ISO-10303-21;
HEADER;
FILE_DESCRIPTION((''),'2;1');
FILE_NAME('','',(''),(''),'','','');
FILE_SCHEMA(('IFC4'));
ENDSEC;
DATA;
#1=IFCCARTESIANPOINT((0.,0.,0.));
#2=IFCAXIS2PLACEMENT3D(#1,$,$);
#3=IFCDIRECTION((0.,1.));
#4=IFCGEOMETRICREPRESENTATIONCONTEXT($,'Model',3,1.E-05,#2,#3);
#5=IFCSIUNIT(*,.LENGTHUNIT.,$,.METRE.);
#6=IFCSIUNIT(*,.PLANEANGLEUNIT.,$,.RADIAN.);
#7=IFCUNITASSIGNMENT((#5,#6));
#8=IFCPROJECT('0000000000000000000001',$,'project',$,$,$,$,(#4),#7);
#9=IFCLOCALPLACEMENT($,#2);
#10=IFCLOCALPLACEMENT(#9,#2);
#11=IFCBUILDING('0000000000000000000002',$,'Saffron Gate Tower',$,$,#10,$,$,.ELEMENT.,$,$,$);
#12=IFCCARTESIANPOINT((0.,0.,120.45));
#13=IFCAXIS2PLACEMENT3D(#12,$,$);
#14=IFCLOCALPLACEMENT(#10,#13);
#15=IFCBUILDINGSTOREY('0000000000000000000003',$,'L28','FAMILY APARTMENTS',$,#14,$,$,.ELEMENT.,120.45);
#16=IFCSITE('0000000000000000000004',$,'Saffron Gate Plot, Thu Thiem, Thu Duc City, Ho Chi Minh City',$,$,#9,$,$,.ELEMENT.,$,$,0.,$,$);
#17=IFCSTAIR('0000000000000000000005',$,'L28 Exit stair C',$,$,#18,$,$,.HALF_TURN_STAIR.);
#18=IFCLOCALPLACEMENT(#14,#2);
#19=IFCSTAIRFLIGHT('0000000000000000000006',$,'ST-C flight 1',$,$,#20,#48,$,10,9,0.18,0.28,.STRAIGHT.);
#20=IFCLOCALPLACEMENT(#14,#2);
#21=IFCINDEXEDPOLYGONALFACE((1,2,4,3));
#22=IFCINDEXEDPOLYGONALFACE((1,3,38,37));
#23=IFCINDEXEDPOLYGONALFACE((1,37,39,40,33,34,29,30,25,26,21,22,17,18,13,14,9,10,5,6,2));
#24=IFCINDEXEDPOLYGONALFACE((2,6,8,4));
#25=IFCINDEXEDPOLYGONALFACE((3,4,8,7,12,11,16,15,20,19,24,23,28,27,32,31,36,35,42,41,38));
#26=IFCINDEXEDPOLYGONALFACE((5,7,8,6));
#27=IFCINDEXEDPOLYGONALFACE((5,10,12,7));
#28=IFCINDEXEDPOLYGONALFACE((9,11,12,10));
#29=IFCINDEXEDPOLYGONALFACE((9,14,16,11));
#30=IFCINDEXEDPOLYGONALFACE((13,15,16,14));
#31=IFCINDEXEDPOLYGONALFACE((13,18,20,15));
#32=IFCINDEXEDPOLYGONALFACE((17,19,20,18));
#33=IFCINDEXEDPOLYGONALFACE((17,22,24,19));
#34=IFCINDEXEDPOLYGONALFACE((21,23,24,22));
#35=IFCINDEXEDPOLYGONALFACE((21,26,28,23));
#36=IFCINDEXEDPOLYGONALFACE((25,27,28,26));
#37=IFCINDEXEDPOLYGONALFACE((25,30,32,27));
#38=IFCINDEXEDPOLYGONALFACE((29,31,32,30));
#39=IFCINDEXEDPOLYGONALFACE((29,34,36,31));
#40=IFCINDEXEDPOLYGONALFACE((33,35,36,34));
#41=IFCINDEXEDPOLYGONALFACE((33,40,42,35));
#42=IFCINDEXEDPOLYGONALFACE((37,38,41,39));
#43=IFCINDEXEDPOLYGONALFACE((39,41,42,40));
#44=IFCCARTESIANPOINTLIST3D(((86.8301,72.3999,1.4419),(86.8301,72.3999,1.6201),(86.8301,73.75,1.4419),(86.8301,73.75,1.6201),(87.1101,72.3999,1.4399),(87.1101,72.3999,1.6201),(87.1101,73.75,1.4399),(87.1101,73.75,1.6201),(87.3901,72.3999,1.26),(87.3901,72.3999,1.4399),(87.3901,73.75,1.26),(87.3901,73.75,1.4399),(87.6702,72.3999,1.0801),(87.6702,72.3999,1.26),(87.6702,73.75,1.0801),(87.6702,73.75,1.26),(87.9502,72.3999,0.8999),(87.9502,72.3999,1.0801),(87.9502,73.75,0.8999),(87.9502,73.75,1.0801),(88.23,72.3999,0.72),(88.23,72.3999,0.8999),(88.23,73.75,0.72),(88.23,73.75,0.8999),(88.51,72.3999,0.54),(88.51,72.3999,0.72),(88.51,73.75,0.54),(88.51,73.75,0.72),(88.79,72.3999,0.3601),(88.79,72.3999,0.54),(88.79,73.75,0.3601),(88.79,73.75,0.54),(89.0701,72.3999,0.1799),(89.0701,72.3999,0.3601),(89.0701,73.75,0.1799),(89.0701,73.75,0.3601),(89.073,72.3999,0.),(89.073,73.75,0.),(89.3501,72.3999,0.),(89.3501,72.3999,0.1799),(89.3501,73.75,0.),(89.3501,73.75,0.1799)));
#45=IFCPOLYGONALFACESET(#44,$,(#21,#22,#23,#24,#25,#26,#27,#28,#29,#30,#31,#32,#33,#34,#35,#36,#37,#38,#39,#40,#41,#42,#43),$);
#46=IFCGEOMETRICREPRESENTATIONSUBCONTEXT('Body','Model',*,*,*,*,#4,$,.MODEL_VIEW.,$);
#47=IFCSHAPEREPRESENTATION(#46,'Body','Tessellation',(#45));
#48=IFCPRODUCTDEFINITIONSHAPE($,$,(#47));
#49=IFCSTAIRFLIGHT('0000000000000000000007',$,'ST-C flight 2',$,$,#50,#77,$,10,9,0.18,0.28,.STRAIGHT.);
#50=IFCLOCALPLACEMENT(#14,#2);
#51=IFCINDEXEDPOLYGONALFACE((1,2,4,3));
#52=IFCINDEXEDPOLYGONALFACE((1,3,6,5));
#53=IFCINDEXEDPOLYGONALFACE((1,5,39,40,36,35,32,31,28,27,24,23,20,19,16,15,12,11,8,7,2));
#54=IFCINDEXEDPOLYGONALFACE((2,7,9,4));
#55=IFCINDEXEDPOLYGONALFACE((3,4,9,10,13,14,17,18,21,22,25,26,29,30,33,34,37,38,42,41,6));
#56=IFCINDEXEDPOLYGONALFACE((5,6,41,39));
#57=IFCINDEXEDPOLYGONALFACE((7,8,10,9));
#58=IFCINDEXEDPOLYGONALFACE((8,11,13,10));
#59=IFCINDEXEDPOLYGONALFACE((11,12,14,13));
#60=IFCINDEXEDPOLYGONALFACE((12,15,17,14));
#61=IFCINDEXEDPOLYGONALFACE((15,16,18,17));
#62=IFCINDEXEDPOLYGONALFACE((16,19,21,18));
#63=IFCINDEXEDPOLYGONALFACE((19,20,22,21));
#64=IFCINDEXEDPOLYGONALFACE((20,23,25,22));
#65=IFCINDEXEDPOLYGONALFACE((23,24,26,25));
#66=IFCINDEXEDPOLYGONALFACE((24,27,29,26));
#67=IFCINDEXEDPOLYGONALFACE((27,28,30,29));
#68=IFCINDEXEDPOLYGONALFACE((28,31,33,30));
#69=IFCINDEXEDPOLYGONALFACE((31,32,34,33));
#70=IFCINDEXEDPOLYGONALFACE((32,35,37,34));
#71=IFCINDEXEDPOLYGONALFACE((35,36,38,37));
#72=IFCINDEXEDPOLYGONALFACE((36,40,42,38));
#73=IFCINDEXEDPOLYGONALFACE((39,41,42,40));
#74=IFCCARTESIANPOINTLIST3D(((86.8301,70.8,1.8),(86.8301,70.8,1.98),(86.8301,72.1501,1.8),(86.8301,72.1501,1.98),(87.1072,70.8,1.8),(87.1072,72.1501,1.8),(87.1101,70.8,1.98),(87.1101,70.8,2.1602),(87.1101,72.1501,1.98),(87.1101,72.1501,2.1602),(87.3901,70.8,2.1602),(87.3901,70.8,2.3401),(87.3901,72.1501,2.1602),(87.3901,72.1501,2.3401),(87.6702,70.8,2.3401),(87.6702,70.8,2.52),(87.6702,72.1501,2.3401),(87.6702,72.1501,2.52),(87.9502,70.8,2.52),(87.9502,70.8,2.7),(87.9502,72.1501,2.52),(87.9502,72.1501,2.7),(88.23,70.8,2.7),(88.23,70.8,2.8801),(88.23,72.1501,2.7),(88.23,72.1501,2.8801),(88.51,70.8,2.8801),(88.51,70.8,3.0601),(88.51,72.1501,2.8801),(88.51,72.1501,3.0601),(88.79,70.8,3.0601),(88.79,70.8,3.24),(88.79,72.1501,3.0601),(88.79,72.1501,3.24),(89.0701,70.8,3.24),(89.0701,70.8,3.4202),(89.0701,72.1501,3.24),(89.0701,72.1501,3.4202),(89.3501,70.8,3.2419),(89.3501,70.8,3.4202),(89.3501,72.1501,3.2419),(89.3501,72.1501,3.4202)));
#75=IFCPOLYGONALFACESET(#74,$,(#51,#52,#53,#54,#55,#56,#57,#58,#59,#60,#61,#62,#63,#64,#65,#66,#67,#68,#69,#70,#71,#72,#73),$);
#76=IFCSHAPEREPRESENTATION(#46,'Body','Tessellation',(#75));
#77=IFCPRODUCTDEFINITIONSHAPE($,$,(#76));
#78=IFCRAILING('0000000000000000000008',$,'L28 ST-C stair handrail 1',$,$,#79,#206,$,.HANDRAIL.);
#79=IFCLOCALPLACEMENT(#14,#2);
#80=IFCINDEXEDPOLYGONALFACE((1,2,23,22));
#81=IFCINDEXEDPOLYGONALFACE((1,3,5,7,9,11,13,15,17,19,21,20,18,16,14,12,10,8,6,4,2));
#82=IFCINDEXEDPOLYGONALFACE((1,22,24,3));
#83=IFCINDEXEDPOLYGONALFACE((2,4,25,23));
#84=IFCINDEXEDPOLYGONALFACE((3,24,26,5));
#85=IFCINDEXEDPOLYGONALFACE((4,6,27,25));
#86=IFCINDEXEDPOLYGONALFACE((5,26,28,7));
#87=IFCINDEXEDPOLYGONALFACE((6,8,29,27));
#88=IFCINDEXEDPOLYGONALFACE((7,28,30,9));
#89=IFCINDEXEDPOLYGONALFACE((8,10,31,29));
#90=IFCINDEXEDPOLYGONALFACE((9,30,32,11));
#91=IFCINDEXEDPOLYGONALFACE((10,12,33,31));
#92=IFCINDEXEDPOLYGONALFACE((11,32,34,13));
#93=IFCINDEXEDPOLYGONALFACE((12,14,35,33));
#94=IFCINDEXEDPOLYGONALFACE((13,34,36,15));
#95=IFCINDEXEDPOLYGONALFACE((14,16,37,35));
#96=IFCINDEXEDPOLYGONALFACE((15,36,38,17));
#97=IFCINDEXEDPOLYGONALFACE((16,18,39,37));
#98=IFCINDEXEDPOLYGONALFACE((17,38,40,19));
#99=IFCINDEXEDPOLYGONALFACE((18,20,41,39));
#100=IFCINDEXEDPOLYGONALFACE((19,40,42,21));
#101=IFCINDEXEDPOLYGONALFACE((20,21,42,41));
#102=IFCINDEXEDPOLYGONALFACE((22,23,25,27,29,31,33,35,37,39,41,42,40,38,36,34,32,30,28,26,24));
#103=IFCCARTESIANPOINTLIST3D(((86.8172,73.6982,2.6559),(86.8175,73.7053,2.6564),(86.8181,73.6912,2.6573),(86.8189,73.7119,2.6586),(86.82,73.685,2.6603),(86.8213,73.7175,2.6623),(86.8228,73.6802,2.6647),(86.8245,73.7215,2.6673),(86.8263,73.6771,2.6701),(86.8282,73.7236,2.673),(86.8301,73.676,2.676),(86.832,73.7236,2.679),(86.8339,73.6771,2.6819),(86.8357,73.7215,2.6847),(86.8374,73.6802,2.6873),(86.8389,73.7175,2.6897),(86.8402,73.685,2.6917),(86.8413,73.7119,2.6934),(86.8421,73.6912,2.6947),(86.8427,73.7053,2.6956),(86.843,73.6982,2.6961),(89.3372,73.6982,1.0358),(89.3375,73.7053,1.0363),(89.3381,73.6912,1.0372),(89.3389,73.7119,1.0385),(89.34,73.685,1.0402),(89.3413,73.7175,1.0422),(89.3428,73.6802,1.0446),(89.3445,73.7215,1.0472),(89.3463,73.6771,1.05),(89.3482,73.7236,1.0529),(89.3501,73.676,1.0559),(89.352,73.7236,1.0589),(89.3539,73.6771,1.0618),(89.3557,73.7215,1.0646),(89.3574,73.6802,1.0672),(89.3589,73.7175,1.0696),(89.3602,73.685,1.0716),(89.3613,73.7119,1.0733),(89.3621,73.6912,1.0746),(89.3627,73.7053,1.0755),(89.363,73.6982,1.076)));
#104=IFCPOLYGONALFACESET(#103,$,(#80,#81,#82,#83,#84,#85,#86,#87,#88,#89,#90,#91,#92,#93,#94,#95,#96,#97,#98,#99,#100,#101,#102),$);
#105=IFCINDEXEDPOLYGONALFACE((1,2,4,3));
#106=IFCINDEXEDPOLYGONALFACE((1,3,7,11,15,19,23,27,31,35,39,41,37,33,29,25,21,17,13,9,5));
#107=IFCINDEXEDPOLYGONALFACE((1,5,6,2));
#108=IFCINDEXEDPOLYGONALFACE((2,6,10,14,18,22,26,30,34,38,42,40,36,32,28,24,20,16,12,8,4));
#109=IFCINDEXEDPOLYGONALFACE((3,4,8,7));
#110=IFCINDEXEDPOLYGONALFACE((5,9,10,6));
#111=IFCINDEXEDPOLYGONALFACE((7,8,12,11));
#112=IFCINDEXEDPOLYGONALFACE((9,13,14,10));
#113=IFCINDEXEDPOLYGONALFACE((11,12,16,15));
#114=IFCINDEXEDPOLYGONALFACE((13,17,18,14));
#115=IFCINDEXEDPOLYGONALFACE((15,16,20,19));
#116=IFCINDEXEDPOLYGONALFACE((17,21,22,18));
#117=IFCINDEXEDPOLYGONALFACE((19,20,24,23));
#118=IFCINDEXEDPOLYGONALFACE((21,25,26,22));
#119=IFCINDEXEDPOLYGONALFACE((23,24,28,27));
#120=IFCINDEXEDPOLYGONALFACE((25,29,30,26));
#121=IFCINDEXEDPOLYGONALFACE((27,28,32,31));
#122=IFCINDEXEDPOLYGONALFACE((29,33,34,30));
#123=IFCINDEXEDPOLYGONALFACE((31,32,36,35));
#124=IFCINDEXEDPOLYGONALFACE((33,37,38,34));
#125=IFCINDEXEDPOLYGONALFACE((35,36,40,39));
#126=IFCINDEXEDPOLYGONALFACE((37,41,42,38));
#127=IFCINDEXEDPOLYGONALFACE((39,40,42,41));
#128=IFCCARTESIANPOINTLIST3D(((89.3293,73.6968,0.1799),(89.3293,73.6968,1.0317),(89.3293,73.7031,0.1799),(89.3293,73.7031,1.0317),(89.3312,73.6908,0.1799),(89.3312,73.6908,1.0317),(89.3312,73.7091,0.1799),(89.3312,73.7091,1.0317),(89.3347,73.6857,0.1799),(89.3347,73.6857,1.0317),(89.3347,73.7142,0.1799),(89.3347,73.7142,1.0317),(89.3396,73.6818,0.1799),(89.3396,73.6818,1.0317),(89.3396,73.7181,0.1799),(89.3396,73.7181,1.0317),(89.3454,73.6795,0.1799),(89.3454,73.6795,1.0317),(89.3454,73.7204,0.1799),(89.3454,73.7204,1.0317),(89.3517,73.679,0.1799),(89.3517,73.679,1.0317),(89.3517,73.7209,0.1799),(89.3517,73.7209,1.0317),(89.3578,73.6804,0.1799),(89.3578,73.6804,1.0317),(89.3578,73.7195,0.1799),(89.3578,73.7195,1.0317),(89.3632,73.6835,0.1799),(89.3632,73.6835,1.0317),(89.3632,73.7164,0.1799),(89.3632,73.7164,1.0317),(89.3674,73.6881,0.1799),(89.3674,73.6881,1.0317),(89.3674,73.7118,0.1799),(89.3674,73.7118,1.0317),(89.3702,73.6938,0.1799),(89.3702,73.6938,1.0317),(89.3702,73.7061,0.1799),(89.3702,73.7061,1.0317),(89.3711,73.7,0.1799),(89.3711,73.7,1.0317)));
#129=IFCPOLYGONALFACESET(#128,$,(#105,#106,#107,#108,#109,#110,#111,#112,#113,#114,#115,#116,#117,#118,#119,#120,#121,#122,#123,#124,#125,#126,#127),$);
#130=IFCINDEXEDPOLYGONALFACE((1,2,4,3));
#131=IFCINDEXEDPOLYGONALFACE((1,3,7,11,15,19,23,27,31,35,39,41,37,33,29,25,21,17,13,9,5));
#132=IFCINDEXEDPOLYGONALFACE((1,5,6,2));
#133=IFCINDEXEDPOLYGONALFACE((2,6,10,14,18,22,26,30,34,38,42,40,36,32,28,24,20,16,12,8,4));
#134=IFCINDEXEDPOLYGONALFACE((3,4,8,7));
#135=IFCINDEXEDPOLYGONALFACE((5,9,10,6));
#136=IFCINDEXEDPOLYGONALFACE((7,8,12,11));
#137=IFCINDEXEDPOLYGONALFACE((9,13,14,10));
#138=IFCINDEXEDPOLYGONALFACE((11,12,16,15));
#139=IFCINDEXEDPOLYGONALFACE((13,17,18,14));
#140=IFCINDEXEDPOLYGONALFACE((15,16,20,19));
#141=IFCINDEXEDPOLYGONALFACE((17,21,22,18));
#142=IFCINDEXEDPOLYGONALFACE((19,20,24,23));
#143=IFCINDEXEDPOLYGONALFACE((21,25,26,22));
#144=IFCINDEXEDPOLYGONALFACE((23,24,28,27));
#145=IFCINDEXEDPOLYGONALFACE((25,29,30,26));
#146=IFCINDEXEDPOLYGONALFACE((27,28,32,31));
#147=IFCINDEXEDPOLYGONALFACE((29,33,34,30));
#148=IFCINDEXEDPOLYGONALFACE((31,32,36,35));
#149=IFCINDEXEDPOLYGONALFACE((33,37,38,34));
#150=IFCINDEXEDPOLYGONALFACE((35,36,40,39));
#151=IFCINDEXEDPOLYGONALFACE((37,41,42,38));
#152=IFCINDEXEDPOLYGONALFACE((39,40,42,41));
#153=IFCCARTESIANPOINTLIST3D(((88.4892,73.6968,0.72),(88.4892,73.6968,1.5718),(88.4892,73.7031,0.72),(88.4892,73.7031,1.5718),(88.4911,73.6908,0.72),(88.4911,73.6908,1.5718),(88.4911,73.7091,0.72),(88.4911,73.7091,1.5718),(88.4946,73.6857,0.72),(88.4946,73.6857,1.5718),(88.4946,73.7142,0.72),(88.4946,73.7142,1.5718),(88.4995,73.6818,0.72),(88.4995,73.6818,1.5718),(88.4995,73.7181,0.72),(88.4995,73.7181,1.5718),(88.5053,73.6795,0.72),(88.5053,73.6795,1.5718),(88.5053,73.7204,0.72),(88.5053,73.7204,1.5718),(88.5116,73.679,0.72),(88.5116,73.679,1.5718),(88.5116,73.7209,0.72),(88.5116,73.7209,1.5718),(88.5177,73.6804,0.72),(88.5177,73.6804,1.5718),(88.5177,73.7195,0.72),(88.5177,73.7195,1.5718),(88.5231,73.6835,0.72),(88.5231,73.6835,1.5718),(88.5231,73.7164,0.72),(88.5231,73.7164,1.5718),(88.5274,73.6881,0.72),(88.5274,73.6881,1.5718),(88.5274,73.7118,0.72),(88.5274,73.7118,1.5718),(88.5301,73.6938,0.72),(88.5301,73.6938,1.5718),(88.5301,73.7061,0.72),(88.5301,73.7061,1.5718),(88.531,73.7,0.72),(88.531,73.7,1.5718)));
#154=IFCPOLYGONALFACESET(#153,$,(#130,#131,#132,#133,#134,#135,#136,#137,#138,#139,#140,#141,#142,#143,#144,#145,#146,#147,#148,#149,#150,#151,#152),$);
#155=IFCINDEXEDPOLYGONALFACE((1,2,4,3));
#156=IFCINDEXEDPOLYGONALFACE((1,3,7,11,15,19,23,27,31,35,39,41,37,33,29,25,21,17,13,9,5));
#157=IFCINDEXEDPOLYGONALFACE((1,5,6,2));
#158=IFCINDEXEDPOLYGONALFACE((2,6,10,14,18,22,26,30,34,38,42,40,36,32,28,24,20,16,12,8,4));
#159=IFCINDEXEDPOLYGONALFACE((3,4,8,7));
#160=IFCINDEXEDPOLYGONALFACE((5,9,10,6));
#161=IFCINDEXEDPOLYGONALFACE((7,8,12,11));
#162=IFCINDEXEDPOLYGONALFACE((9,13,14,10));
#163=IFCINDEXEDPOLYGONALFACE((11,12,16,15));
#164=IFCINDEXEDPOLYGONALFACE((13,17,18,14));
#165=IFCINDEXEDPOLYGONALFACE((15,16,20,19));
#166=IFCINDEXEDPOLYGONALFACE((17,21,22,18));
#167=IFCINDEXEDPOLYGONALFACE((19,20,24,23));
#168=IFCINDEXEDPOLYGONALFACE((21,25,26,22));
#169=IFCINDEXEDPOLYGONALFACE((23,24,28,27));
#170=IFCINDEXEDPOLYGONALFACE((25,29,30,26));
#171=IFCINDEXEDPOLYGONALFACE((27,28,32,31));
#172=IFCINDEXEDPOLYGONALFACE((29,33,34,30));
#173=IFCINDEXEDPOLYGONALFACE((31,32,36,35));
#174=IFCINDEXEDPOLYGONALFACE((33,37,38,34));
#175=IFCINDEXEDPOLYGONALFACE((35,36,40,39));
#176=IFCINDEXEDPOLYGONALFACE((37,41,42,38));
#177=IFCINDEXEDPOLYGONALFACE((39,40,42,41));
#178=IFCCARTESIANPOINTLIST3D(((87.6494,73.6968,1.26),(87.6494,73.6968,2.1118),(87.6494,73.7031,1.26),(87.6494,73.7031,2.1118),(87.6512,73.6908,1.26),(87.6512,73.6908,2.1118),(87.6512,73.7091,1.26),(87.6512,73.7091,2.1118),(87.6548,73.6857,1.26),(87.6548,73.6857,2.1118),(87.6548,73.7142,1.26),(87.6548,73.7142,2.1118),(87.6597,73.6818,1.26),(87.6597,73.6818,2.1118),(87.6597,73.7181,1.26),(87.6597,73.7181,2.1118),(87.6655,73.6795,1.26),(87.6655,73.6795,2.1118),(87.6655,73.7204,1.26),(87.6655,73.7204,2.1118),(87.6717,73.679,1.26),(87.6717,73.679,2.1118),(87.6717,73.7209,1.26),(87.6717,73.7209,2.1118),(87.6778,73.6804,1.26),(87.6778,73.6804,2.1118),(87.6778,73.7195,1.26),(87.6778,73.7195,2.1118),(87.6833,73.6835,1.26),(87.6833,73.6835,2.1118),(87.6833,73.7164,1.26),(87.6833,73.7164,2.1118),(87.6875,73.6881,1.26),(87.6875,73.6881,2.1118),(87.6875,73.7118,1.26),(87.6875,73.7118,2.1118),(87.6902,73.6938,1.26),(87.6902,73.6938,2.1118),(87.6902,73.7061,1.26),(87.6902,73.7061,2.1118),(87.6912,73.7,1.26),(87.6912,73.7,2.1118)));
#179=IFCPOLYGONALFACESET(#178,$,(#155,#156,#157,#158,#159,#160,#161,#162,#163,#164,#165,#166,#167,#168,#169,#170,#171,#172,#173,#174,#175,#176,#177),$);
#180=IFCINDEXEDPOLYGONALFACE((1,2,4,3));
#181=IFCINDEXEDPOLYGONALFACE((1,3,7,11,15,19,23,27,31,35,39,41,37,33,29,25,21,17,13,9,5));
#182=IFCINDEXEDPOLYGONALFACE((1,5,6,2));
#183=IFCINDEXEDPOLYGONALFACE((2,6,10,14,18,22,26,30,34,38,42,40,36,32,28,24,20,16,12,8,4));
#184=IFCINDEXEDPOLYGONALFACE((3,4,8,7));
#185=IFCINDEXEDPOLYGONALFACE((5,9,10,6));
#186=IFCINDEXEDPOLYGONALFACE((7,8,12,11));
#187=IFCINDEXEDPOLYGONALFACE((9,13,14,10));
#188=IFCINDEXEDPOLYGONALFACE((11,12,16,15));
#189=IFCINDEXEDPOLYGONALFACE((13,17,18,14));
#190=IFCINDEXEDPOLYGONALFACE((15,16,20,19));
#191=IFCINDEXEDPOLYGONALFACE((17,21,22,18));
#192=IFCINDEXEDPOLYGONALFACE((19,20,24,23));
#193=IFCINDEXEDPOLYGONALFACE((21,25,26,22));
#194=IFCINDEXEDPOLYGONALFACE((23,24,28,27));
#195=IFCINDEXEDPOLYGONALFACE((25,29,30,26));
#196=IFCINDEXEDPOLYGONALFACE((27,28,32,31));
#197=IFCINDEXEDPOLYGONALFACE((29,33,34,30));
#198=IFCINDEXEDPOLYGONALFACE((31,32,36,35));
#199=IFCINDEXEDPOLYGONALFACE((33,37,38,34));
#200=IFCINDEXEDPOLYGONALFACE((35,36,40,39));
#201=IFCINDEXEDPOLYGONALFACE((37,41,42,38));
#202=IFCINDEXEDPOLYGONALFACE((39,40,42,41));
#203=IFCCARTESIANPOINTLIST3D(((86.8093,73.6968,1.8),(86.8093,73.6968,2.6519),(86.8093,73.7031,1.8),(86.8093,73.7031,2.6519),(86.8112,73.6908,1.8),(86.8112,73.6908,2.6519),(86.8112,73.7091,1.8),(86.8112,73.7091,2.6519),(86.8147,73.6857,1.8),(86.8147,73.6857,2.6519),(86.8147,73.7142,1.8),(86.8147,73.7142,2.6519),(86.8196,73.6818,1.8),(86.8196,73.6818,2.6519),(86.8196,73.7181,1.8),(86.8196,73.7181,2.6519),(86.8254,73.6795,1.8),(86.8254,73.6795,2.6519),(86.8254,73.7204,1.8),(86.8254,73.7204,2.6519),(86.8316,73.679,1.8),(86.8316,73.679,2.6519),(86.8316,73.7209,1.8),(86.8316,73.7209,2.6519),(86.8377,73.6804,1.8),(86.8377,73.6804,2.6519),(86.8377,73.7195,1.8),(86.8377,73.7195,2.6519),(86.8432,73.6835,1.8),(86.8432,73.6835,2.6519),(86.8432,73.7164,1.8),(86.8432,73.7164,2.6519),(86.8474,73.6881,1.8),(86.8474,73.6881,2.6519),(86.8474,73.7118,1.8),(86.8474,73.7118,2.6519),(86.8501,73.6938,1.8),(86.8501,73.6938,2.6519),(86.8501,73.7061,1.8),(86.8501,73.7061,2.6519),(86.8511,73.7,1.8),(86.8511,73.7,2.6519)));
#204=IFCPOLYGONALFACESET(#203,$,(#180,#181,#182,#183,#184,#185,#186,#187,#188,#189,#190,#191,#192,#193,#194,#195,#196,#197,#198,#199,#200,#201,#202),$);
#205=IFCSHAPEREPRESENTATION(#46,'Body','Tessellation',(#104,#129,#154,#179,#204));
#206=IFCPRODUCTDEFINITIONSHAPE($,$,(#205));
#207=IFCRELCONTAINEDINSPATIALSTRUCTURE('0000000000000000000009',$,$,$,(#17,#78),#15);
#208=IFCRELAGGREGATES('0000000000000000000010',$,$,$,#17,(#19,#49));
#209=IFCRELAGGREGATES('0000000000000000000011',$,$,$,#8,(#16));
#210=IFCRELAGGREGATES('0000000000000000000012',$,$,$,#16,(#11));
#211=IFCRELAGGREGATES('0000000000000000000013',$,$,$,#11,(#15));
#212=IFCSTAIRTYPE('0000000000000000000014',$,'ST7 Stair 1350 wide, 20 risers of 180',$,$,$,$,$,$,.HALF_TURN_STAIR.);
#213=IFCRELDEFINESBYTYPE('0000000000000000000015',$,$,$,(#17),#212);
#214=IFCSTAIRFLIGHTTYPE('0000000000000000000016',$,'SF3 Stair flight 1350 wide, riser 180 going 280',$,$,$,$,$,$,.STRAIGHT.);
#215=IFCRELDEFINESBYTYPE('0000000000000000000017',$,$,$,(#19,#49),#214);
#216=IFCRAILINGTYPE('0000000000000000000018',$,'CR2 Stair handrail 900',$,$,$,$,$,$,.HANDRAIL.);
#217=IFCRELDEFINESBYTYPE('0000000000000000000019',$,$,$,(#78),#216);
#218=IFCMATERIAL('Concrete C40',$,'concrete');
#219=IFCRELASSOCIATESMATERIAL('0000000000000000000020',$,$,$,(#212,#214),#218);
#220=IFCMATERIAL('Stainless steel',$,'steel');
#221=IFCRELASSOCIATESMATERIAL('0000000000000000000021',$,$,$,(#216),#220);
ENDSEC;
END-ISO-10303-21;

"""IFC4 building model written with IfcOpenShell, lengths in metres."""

from ifc_helpers import new_model, si_unit, direction, frame, origin, origin_2d, place, context, subcontext, project, spatial, polyline, circle, outline, extrude, material, type_object, element, aggregate, save


model = new_model("IFC4")

# Units and contexts
model_context = context("Model", 3, precision=1e-05, world=origin(), true_north=direction((0.0, 1.0)))
body_context = subcontext(model_context, "Body", "Model", "MODEL_VIEW")
ifc_project = project(units=[si_unit("LENGTHUNIT", "METRE"), si_unit("PLANEANGLEUNIT", "RADIAN")], contexts=[model_context])

# Site, building, storey
site_placement = place(None, origin())
site = spatial("IfcSite", under=ifc_project, at=site_placement, Name="Saffron Gate Plot, Thu Thiem, Thu Duc City, Ho Chi Minh City", CompositionType="ELEMENT", RefElevation=0.0)
building_placement = place(site_placement, origin())
building = spatial("IfcBuilding", under=site, at=building_placement, Name="Saffron Gate Tower", CompositionType="ELEMENT")
storey_placement = place(building_placement, frame((0.0, 0.0, 120.45)))
storey = spatial("IfcBuildingStorey", under=building, at=storey_placement, Name="L28", Description="FAMILY APARTMENTS", CompositionType="ELEMENT", Elevation=120.45)

# Stair, stair flights
ifc_material_1 = material(Name="Concrete C40", Category="concrete")
stair_type = type_object("IfcStairType", Name="ST7 Stair 1350 wide, 20 risers of 180", PredefinedType="HALF_TURN_STAIR", material=ifc_material_1)
stair_placement = place(storey_placement, origin())
stair = element("IfcStair", 1, at=stair_placement, inside=storey, type_object=stair_type, Name="L28 Exit stair C", PredefinedType="HALF_TURN_STAIR")
stair_flight_type = type_object("IfcStairFlightType", Name="SF3 Stair flight 1350 wide, riser 180 going 280", PredefinedType="STRAIGHT", material=ifc_material_1)
stair_flight_1_placement = place(storey_placement, frame((89.3501, 73.075, 0.0), z_axis=(0.0, 0.0, 1.0), x_axis=(-1.0, 0.0, 0.0)))
stair_flight_1 = element("IfcStairFlight", 2, at=stair_flight_1_placement, type_object=stair_flight_type, Name="ST-C flight 1", NumberOfRisers=10, NumberOfTreads=9, PredefinedType="STRAIGHT", RiserHeight=0.18, TreadLength=0.28, context=body_context, shape_type="SweptSolid", body=[
    extrude(outline(polyline([(0.0, 0.0), (0.0, 0.1799), (0.28, 0.1799), (0.28, 0.3601), (0.5601, 0.3601), (0.5601, 0.54), (0.8401, 0.54), (0.8401, 0.72), (1.1201, 0.72), (1.1201, 0.8999), (1.3999, 0.8999), (1.3999, 1.0801), (1.6799, 1.0801), (1.6799, 1.26), (1.96, 1.26), (1.96, 1.4399), (2.24, 1.4399), (2.24, 1.6201), (2.52, 1.6201), (2.52, 1.8), (2.52, 1.4419), (0.2771, 0.0), (0.0, 0.0)])), frame((0.0, 0.675, 0.0), z_axis=(0.0, -1.0, 0.0), x_axis=(1.0, 0.0, 0.0)), (0.0, 0.0, 1.0), 1.3501),
])
stair_flight_2_placement = place(storey_placement, frame((86.8301, 71.4751, 1.8), z_axis=(0.0, 0.0, 1.0), x_axis=(1.0, 0.0, 0.0)))
stair_flight_2 = element("IfcStairFlight", 3, at=stair_flight_2_placement, type_object=stair_flight_type, Name="ST-C flight 2", NumberOfRisers=10, NumberOfTreads=9, PredefinedType="STRAIGHT", RiserHeight=0.18, TreadLength=0.28, context=body_context, shape_type="SweptSolid", body=[
    extrude(outline(polyline([(0.0, 0.0), (0.0, 0.1799), (0.28, 0.1799), (0.28, 0.3601), (0.5601, 0.3601), (0.5601, 0.54), (0.8401, 0.54), (0.8401, 0.72), (1.1201, 0.72), (1.1201, 0.8999), (1.3999, 0.8999), (1.3999, 1.0801), (1.6799, 1.0801), (1.6799, 1.26), (1.96, 1.26), (1.96, 1.4399), (2.24, 1.4399), (2.24, 1.6201), (2.52, 1.6201), (2.52, 1.8), (2.52, 1.4419), (0.2771, 0.0), (0.0, 0.0)])), frame((0.0, 0.675, 0.0), z_axis=(0.0, -1.0, 0.0), x_axis=(1.0, 0.0, 0.0)), (0.0, 0.0, 1.0), 1.3501),
])
aggregate(stair, [stair_flight_1, stair_flight_2])

# Railing
ifc_material_2 = material(Name="Stainless steel", Category="steel")
railing_type_1 = type_object("IfcRailingType", Name="CR2 Stair handrail 900", PredefinedType="HANDRAIL", material=ifc_material_2)
railing_1_placement = place(storey_placement, frame((89.3501, 73.7, 0.1799)))
element("IfcRailing", 4, at=railing_1_placement, inside=storey, type_object=railing_type_1, Name="L28 ST-C stair handrail 1", PredefinedType="HANDRAIL", context=body_context, shape_type="SweptSolid", body=[
    extrude(circle(Radius=0.0239, at=origin_2d()), frame((0.0, 0.0, 0.876), z_axis=(-0.841163, 0.0, 0.540782), x_axis=(0.0, -1.0, 0.0)), (0.0, 0.0, 1.0), 2.9958),
    extrude(circle(Radius=0.021, at=origin_2d()), origin(), (0.0, 0.0, 1.0), 0.8518),
    extrude(circle(Radius=0.021, at=origin_2d()), frame((-0.8401, 0.0, 0.54)), (0.0, 0.0, 1.0), 0.8518),
    extrude(circle(Radius=0.021, at=origin_2d()), frame((-1.6799, 0.0, 1.0801)), (0.0, 0.0, 1.0), 0.8518),
    extrude(circle(Radius=0.021, at=origin_2d()), frame((-2.52, 0.0, 1.6201)), (0.0, 0.0, 1.0), 0.8518),
])

save(model, "model.ifc")
